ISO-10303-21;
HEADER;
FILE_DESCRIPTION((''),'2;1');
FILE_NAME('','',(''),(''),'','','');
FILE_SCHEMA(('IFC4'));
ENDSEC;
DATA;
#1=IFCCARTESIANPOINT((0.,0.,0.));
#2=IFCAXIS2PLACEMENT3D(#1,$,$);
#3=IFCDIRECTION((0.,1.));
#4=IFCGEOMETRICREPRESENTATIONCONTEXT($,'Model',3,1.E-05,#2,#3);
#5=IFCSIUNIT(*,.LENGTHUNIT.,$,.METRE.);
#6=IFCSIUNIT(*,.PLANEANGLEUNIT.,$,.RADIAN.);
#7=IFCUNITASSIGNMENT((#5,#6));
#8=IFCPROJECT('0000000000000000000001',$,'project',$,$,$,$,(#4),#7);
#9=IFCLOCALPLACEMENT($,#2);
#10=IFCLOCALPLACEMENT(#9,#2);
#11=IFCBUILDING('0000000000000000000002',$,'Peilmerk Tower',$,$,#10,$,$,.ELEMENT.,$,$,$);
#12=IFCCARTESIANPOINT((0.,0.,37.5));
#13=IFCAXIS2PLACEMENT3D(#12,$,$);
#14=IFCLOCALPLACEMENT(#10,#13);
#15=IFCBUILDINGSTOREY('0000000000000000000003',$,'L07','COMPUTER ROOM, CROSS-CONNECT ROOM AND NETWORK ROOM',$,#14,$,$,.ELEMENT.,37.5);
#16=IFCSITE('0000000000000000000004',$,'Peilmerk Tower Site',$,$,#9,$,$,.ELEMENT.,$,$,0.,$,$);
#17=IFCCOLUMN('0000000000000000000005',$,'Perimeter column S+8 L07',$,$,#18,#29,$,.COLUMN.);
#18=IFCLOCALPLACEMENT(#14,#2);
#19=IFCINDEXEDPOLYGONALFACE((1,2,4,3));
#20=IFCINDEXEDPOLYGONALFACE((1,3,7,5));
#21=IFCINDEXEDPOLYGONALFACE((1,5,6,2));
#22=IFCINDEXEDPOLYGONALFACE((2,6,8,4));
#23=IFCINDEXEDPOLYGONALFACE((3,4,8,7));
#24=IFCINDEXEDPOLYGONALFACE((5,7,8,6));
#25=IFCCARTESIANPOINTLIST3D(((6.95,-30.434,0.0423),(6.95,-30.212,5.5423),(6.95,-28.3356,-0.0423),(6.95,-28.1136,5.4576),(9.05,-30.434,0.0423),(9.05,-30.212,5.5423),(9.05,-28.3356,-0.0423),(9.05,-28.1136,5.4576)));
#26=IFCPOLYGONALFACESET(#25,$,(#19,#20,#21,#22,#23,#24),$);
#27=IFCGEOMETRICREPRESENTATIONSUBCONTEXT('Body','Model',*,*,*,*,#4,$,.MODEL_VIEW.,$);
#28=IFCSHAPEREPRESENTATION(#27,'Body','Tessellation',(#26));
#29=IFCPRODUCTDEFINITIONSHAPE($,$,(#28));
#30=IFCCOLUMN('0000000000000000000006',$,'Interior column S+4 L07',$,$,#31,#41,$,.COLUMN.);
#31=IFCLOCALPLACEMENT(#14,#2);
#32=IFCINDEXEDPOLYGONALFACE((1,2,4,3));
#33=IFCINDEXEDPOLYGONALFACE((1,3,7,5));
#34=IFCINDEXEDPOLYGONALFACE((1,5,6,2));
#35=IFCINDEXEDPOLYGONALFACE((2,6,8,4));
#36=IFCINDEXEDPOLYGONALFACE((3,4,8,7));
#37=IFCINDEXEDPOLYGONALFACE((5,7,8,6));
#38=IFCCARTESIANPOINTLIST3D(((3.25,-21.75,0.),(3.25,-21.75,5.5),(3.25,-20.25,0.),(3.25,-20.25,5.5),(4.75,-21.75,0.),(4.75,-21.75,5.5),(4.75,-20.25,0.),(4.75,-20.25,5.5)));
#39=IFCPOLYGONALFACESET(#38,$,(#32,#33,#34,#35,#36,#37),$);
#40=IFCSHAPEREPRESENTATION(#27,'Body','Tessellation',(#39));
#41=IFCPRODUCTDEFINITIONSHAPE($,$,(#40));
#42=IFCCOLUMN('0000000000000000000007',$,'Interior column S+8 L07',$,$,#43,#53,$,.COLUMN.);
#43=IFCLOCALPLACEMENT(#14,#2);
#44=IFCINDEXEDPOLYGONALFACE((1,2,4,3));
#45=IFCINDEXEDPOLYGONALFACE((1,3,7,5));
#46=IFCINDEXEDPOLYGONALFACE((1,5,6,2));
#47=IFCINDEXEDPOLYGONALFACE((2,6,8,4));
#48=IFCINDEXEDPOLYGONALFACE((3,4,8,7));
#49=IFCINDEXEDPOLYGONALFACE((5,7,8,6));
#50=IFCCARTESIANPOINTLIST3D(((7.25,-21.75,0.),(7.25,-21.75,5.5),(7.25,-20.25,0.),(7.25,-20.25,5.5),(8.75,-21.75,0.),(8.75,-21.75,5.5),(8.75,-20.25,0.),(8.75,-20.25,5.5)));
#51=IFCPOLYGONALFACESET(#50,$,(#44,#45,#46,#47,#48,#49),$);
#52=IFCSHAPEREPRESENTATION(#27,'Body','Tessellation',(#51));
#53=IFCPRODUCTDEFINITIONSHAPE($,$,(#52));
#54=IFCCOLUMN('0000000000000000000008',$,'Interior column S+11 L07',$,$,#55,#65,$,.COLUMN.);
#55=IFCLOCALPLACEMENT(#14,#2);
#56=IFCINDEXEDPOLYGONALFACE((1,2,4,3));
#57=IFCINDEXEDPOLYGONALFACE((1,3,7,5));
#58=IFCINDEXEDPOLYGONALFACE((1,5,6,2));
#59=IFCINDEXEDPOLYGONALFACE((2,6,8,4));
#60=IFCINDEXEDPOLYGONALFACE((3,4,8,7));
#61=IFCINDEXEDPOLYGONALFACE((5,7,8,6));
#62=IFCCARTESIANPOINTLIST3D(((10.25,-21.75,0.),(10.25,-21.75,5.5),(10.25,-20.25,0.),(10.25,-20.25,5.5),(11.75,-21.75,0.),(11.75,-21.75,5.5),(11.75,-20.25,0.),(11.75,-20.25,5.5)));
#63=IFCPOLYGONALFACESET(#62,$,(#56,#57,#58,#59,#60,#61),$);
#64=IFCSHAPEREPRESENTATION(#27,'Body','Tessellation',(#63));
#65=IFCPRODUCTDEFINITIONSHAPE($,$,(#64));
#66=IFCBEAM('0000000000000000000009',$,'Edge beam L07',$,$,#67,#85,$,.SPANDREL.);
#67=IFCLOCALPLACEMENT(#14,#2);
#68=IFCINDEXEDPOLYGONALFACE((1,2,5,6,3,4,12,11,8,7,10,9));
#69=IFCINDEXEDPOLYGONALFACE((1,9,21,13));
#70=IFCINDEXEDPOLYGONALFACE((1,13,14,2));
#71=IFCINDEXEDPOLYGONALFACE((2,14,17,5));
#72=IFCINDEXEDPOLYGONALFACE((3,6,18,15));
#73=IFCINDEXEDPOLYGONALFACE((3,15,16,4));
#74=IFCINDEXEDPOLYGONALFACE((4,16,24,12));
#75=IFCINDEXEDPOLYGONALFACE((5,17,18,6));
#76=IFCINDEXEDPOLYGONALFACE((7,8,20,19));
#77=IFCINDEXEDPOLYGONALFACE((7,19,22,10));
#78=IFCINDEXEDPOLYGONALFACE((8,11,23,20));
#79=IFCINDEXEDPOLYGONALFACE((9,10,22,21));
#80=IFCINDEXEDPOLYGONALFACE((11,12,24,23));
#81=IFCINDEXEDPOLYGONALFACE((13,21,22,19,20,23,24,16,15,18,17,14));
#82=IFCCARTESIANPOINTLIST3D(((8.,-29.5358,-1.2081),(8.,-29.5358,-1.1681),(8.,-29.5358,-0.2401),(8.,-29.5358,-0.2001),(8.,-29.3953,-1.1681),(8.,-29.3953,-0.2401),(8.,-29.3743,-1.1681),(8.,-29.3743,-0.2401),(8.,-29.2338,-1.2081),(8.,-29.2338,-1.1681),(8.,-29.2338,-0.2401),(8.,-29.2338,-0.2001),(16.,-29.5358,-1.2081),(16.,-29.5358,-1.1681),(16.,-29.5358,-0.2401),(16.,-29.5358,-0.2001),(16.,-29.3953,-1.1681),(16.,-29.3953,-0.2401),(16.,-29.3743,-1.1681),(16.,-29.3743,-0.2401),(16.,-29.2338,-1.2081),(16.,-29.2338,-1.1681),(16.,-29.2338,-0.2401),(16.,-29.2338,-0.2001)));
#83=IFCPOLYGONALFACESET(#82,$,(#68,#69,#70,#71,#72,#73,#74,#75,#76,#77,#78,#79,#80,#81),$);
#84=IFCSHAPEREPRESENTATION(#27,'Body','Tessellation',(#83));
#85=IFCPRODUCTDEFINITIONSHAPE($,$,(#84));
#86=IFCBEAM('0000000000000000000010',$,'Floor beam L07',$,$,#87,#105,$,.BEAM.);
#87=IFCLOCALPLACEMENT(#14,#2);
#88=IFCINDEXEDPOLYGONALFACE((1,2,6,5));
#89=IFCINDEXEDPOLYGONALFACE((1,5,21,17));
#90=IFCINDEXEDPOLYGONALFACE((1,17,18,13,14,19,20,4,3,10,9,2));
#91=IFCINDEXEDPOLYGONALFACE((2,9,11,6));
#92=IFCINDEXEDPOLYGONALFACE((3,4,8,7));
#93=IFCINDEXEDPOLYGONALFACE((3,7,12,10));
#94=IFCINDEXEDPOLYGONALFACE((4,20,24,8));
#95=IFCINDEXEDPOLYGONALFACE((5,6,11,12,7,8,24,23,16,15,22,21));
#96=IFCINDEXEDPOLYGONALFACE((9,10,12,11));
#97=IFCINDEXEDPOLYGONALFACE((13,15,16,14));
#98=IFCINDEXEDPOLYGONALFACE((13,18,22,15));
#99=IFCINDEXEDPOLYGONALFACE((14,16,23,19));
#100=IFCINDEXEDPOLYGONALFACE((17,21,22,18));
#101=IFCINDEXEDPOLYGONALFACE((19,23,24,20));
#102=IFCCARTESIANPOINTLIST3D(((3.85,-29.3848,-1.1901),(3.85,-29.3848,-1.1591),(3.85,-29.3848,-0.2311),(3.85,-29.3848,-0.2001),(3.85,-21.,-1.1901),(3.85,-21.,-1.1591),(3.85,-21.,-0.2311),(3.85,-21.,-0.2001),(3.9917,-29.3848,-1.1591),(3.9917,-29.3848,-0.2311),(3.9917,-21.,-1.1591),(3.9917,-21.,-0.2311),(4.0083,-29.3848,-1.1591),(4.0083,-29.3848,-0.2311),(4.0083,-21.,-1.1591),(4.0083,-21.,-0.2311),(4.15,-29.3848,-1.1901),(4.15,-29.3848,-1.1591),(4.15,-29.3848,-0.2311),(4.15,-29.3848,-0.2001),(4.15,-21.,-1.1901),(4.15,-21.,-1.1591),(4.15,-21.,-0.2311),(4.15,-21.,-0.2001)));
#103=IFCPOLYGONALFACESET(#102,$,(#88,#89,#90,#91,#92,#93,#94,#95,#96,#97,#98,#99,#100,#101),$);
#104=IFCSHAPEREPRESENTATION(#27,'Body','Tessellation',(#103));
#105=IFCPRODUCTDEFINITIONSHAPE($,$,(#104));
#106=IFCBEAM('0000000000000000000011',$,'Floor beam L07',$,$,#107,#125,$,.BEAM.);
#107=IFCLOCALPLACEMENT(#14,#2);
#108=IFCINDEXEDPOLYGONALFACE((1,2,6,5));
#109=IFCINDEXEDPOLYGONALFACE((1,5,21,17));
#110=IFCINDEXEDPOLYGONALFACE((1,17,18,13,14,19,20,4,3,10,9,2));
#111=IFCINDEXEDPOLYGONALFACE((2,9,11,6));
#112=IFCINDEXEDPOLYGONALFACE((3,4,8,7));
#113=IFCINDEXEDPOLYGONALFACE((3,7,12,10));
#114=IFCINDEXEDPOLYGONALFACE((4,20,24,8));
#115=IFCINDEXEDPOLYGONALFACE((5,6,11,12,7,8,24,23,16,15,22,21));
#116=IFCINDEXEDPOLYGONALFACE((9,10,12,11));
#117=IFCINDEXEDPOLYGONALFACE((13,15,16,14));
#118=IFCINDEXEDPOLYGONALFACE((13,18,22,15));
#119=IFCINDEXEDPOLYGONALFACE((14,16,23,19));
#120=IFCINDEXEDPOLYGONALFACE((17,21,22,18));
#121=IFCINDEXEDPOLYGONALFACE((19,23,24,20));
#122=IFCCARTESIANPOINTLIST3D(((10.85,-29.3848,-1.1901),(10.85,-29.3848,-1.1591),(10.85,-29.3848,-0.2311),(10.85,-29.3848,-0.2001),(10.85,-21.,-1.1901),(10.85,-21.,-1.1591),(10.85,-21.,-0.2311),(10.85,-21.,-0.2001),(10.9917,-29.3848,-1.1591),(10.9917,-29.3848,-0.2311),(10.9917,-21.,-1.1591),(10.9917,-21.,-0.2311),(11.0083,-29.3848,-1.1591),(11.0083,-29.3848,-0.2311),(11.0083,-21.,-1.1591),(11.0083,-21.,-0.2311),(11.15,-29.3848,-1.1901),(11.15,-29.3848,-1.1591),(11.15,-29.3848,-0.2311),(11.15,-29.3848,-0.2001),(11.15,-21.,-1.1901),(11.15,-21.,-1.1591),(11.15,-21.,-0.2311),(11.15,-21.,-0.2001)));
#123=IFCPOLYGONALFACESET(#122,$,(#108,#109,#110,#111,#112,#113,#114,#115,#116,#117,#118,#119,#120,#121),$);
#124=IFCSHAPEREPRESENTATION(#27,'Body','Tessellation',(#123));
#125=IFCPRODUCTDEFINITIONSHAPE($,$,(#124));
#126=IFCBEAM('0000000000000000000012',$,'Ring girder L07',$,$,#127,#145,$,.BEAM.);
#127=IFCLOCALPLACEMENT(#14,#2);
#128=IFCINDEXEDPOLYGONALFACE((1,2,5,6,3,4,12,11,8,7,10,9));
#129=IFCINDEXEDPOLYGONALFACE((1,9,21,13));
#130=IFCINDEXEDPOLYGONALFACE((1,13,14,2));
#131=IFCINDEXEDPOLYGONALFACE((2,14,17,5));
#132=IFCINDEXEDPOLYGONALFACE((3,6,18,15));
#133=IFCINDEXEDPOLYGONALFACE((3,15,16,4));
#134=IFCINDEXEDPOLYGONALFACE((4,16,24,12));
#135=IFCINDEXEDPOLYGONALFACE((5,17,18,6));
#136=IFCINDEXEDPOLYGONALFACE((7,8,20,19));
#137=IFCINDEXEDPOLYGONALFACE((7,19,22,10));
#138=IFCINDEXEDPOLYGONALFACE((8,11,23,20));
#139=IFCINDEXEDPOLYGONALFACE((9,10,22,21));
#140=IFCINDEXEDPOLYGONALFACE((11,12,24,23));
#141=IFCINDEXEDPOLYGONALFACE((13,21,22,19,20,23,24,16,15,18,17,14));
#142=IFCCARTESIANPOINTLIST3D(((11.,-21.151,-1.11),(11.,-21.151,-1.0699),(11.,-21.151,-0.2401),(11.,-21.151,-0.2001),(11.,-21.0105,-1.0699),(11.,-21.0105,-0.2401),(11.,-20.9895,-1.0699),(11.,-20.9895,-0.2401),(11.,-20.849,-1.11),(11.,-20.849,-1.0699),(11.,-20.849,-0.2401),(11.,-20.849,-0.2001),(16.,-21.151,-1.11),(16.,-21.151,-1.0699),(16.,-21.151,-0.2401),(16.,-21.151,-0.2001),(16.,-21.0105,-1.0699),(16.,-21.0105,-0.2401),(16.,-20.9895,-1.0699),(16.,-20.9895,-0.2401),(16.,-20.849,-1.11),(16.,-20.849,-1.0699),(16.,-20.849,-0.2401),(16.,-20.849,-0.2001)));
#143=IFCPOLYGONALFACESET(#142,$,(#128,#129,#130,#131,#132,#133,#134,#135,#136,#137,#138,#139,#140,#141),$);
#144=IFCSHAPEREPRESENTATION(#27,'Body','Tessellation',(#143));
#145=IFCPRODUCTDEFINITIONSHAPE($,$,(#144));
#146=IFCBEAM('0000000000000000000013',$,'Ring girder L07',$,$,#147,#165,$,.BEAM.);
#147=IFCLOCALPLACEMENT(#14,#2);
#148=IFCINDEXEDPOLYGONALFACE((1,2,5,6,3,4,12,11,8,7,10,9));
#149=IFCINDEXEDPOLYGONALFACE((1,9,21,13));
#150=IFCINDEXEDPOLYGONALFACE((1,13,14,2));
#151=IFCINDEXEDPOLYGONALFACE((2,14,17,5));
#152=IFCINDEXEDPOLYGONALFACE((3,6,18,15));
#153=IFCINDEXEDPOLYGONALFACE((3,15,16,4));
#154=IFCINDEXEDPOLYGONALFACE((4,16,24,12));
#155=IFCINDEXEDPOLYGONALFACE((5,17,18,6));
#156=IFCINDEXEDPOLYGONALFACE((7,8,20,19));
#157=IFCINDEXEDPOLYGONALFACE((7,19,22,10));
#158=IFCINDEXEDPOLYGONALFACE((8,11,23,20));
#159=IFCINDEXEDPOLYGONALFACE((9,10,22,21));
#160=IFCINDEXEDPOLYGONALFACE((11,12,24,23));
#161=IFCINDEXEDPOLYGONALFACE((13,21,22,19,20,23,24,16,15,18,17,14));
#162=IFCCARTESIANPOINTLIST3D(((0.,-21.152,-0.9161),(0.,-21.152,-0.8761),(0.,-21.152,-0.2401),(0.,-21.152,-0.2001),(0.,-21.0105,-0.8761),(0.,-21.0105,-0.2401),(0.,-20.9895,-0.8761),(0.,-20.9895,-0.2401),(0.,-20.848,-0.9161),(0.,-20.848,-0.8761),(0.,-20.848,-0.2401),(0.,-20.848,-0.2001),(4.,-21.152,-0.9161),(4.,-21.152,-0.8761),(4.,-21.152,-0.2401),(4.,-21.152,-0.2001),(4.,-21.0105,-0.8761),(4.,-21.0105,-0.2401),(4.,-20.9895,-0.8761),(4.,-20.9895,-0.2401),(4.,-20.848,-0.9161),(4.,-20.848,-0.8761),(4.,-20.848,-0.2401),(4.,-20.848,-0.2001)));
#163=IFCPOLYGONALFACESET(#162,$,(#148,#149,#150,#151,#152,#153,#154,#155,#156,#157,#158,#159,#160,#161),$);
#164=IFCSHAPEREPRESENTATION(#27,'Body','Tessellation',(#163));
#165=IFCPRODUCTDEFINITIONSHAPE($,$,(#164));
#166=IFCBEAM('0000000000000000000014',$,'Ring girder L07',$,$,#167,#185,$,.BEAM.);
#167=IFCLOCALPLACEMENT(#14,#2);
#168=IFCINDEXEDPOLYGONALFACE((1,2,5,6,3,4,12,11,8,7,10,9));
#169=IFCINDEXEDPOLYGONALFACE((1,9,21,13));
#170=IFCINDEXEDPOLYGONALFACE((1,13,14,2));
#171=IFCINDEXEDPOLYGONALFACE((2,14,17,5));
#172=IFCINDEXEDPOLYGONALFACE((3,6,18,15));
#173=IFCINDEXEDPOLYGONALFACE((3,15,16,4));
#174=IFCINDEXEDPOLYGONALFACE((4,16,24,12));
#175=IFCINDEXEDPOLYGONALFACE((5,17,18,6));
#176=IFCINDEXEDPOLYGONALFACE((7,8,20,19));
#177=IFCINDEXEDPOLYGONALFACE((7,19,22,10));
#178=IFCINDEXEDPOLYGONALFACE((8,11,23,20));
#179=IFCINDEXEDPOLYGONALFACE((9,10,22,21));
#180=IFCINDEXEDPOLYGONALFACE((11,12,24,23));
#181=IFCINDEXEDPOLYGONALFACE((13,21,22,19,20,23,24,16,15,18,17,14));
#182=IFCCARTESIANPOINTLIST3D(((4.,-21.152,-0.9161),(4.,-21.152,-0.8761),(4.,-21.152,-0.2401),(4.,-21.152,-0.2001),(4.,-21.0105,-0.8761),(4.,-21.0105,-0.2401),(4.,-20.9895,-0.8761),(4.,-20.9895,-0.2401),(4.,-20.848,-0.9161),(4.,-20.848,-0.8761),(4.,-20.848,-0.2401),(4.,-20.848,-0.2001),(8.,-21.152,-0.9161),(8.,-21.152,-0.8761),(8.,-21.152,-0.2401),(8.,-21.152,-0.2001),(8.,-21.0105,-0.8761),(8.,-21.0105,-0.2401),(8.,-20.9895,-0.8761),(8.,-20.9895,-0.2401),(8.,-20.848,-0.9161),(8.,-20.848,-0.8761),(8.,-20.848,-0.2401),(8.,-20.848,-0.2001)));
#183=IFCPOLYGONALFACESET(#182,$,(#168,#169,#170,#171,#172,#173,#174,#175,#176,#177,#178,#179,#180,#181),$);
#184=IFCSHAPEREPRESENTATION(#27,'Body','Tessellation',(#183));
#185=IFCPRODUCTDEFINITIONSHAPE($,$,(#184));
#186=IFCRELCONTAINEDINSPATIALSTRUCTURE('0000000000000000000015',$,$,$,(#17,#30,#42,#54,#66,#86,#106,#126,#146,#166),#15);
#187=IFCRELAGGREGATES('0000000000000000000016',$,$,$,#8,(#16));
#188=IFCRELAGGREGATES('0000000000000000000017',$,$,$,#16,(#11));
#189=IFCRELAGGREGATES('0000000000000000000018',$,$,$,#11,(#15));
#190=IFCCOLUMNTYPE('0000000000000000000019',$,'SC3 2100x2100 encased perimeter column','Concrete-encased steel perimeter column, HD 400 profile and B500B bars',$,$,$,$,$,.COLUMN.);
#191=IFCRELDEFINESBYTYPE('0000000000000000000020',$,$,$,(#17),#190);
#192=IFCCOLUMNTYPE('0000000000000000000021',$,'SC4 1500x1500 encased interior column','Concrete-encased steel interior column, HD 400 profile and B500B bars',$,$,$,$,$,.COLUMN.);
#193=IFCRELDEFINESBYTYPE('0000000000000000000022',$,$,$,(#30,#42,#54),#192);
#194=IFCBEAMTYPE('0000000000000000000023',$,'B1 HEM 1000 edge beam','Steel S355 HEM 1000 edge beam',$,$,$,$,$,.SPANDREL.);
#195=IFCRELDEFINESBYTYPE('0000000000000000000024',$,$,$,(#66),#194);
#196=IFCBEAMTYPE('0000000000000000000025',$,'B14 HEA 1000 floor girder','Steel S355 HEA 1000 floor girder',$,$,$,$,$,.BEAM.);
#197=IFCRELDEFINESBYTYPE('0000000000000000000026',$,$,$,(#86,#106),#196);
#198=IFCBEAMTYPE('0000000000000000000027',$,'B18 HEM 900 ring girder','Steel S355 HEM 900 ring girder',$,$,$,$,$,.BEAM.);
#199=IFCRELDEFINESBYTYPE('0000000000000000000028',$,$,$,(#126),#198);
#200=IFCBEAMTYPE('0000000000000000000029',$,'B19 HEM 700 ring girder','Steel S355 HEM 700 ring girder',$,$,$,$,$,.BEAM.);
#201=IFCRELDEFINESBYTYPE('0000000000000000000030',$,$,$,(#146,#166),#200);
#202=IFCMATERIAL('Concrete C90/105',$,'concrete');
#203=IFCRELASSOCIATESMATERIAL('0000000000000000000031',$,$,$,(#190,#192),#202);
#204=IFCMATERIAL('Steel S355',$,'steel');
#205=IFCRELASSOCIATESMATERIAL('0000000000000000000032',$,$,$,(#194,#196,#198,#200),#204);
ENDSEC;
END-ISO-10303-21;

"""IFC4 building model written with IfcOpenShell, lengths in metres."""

from ifc_helpers import new_model, si_unit, direction, frame, origin, origin_2d, place, context, subcontext, project, spatial, rectangle, i_section, extrude, material, material_profile, profile_set, type_object, element, save


model = new_model("IFC4")

# Units and contexts
model_context = context("Model", 3, precision=1e-05, world=origin(), true_north=direction((0.0, 1.0)))
body_context = subcontext(model_context, "Body", "Model", "MODEL_VIEW")
ifc_project = project(units=[si_unit("LENGTHUNIT", "METRE"), si_unit("PLANEANGLEUNIT", "RADIAN")], contexts=[model_context])

# Site, building, storey
site_placement = place(None, origin())
site = spatial("IfcSite", under=ifc_project, at=site_placement, Name="Peilmerk Tower Site", CompositionType="ELEMENT", RefElevation=0.0)
building_placement = place(site_placement, origin())
building = spatial("IfcBuilding", under=site, at=building_placement, Name="Peilmerk Tower", CompositionType="ELEMENT")
storey_placement = place(building_placement, frame((0.0, 0.0, 37.5)))
storey = spatial("IfcBuildingStorey", under=building, at=storey_placement, Name="L07", Description="COMPUTER ROOM, CROSS-CONNECT ROOM AND NETWORK ROOM", CompositionType="ELEMENT", Elevation=37.5)

# Columns
ifc_material_1 = material(Name="Concrete C90/105", Category="concrete")
ifc_material_profile_1 = material_profile(ifc_material_1, rectangle(XDim=2.1001, YDim=2.1001, at=origin_2d()), Name="RC 2100x2100")
ifc_profile_set_1 = profile_set([ifc_material_profile_1], Name="Concrete C90/105")
column_type_1 = type_object("IfcColumnType", Name="SC3 2100x2100 encased perimeter column", Description="Concrete-encased steel perimeter column, HD 400 profile and B500B bars", PredefinedType="COLUMN", material=ifc_profile_set_1)
column_placement = place(storey_placement, frame((8.0, -29.3848, 0.0), z_axis=(0.0, 0.040317, 0.999187), x_axis=(-1.0, 0.0, 0.0)))
element("IfcColumn", 1, at=column_placement, inside=storey, type_object=column_type_1, Name="Perimeter column S+8 L07", PredefinedType="COLUMN", context=body_context, shape_type="SweptSolid", body=[
    extrude(rectangle(XDim=2.1001, YDim=2.1001, at=origin_2d()), origin(), (0.0, 0.0, 1.0), 5.5044),
])
ifc_material_profile_2 = material_profile(ifc_material_1, rectangle(XDim=1.5, YDim=1.5, at=origin_2d()), Name="RC 1500x1500")
ifc_profile_set_2 = profile_set([ifc_material_profile_2], Name="Concrete C90/105")
column_type_2 = type_object("IfcColumnType", Name="SC4 1500x1500 encased interior column", Description="Concrete-encased steel interior column, HD 400 profile and B500B bars", PredefinedType="COLUMN", material=ifc_profile_set_2)
for number, where, z_axis, x_axis, name in (
    (2, (4.0, -21.0, 0.0), (0.0, 0.0, 1.0), (1.0, 0.0, 0.0), "Interior column S+4 L07"),
    (3, (8.0, -21.0, 0.0), (0.0, 0.0, 1.0), (1.0, 0.0, 0.0), "Interior column S+8 L07"),
    (4, (11.0, -21.0, 0.0), (0.0, 0.0, 1.0), (1.0, 0.0, 0.0), "Interior column S+11 L07"),
):
    element("IfcColumn", number, at=place(storey_placement, frame(where, z_axis=z_axis, x_axis=x_axis)), inside=storey, type_object=column_type_2, Name=name, PredefinedType="COLUMN", context=body_context, shape_type="SweptSolid", body=[
        extrude(rectangle(XDim=1.5, YDim=1.5, at=origin_2d()), origin(), (0.0, 0.0, 1.0), 5.5),
    ])

# Beams
ifc_material_2 = material(Name="Steel S355", Category="steel")
ifc_material_profile_3 = material_profile(ifc_material_2, i_section(OverallWidth=0.302, OverallDepth=1.0081, WebThickness=0.021, FlangeThickness=0.04, at=origin_2d()), Name="HEM 1000")
ifc_profile_set_3 = profile_set([ifc_material_profile_3], Name="Steel S355")
beam_type_1 = type_object("IfcBeamType", Name="B1 HEM 1000 edge beam", Description="Steel S355 HEM 1000 edge beam", PredefinedType="SPANDREL", material=ifc_profile_set_3)
beam_1_placement = place(storey_placement, frame((8.0, -29.3848, -0.7041), z_axis=(1.0, 0.0, 0.0), x_axis=(0.0, 1.0, 0.0)))
element("IfcBeam", 5, at=beam_1_placement, inside=storey, type_object=beam_type_1, Name="Edge beam L07", PredefinedType="SPANDREL", context=body_context, shape_type="SweptSolid", body=[
    extrude(i_section(OverallWidth=0.302, OverallDepth=1.0081, WebThickness=0.021, FlangeThickness=0.04, at=origin_2d()), origin(), (0.0, 0.0, 1.0), 8.0),
])
ifc_material_profile_4 = material_profile(ifc_material_2, i_section(OverallWidth=0.3, OverallDepth=0.99, WebThickness=0.0166, FlangeThickness=0.031, at=origin_2d()), Name="HEA 1000")
ifc_profile_set_4 = profile_set([ifc_material_profile_4], Name="Steel S355")
beam_type_2 = type_object("IfcBeamType", Name="B14 HEA 1000 floor girder", Description="Steel S355 HEA 1000 floor girder", PredefinedType="BEAM", material=ifc_profile_set_4)
for number, where, z_axis, x_axis, name in (
    (6, (4.0, -21.0, -0.6951), (0.0, -1.0, 0.0), (1.0, 0.0, 0.0), "Floor beam L07"),
    (7, (11.0, -21.0, -0.6951), (0.0, -1.0, 0.0), (1.0, 0.0, 0.0), "Floor beam L07"),
):
    element("IfcBeam", number, at=place(storey_placement, frame(where, z_axis=z_axis, x_axis=x_axis)), inside=storey, type_object=beam_type_2, Name=name, PredefinedType="BEAM", context=body_context, shape_type="SweptSolid", body=[
        extrude(i_section(OverallWidth=0.3, OverallDepth=0.99, WebThickness=0.0166, FlangeThickness=0.031, at=origin_2d()), origin(), (0.0, 0.0, 1.0), 8.3848),
    ])
ifc_material_profile_5 = material_profile(ifc_material_2, i_section(OverallWidth=0.302, OverallDepth=0.9099, WebThickness=0.021, FlangeThickness=0.04, at=origin_2d()), Name="HEM 900")
ifc_profile_set_5 = profile_set([ifc_material_profile_5], Name="Steel S355")
beam_type_3 = type_object("IfcBeamType", Name="B18 HEM 900 ring girder", Description="Steel S355 HEM 900 ring girder", PredefinedType="BEAM", material=ifc_profile_set_5)
beam_2_placement = place(storey_placement, frame((11.0, -21.0, -0.655), z_axis=(1.0, 0.0, 0.0), x_axis=(0.0, 1.0, 0.0)))
element("IfcBeam", 8, at=beam_2_placement, inside=storey, type_object=beam_type_3, Name="Ring girder L07", PredefinedType="BEAM", context=body_context, shape_type="SweptSolid", body=[
    extrude(i_section(OverallWidth=0.302, OverallDepth=0.9099, WebThickness=0.021, FlangeThickness=0.04, at=origin_2d()), origin(), (0.0, 0.0, 1.0), 5.0),
])
ifc_material_profile_6 = material_profile(ifc_material_2, i_section(OverallWidth=0.304, OverallDepth=0.7161, WebThickness=0.021, FlangeThickness=0.04, at=origin_2d()), Name="HEM 700")
ifc_profile_set_6 = profile_set([ifc_material_profile_6], Name="Steel S355")
beam_type_4 = type_object("IfcBeamType", Name="B19 HEM 700 ring girder", Description="Steel S355 HEM 700 ring girder", PredefinedType="BEAM", material=ifc_profile_set_6)
for number, where, z_axis, x_axis, name in (
    (9, (0.0, -21.0, -0.5581), (1.0, 0.0, 0.0), (0.0, 1.0, 0.0), "Ring girder L07"),
    (10, (4.0, -21.0, -0.5581), (1.0, 0.0, 0.0), (0.0, 1.0, 0.0), "Ring girder L07"),
):
    element("IfcBeam", number, at=place(storey_placement, frame(where, z_axis=z_axis, x_axis=x_axis)), inside=storey, type_object=beam_type_4, Name=name, PredefinedType="BEAM", context=body_context, shape_type="SweptSolid", body=[
        extrude(i_section(OverallWidth=0.304, OverallDepth=0.7161, WebThickness=0.021, FlangeThickness=0.04, at=origin_2d()), origin(), (0.0, 0.0, 1.0), 4.0),
    ])

save(model, "model.ifc")
